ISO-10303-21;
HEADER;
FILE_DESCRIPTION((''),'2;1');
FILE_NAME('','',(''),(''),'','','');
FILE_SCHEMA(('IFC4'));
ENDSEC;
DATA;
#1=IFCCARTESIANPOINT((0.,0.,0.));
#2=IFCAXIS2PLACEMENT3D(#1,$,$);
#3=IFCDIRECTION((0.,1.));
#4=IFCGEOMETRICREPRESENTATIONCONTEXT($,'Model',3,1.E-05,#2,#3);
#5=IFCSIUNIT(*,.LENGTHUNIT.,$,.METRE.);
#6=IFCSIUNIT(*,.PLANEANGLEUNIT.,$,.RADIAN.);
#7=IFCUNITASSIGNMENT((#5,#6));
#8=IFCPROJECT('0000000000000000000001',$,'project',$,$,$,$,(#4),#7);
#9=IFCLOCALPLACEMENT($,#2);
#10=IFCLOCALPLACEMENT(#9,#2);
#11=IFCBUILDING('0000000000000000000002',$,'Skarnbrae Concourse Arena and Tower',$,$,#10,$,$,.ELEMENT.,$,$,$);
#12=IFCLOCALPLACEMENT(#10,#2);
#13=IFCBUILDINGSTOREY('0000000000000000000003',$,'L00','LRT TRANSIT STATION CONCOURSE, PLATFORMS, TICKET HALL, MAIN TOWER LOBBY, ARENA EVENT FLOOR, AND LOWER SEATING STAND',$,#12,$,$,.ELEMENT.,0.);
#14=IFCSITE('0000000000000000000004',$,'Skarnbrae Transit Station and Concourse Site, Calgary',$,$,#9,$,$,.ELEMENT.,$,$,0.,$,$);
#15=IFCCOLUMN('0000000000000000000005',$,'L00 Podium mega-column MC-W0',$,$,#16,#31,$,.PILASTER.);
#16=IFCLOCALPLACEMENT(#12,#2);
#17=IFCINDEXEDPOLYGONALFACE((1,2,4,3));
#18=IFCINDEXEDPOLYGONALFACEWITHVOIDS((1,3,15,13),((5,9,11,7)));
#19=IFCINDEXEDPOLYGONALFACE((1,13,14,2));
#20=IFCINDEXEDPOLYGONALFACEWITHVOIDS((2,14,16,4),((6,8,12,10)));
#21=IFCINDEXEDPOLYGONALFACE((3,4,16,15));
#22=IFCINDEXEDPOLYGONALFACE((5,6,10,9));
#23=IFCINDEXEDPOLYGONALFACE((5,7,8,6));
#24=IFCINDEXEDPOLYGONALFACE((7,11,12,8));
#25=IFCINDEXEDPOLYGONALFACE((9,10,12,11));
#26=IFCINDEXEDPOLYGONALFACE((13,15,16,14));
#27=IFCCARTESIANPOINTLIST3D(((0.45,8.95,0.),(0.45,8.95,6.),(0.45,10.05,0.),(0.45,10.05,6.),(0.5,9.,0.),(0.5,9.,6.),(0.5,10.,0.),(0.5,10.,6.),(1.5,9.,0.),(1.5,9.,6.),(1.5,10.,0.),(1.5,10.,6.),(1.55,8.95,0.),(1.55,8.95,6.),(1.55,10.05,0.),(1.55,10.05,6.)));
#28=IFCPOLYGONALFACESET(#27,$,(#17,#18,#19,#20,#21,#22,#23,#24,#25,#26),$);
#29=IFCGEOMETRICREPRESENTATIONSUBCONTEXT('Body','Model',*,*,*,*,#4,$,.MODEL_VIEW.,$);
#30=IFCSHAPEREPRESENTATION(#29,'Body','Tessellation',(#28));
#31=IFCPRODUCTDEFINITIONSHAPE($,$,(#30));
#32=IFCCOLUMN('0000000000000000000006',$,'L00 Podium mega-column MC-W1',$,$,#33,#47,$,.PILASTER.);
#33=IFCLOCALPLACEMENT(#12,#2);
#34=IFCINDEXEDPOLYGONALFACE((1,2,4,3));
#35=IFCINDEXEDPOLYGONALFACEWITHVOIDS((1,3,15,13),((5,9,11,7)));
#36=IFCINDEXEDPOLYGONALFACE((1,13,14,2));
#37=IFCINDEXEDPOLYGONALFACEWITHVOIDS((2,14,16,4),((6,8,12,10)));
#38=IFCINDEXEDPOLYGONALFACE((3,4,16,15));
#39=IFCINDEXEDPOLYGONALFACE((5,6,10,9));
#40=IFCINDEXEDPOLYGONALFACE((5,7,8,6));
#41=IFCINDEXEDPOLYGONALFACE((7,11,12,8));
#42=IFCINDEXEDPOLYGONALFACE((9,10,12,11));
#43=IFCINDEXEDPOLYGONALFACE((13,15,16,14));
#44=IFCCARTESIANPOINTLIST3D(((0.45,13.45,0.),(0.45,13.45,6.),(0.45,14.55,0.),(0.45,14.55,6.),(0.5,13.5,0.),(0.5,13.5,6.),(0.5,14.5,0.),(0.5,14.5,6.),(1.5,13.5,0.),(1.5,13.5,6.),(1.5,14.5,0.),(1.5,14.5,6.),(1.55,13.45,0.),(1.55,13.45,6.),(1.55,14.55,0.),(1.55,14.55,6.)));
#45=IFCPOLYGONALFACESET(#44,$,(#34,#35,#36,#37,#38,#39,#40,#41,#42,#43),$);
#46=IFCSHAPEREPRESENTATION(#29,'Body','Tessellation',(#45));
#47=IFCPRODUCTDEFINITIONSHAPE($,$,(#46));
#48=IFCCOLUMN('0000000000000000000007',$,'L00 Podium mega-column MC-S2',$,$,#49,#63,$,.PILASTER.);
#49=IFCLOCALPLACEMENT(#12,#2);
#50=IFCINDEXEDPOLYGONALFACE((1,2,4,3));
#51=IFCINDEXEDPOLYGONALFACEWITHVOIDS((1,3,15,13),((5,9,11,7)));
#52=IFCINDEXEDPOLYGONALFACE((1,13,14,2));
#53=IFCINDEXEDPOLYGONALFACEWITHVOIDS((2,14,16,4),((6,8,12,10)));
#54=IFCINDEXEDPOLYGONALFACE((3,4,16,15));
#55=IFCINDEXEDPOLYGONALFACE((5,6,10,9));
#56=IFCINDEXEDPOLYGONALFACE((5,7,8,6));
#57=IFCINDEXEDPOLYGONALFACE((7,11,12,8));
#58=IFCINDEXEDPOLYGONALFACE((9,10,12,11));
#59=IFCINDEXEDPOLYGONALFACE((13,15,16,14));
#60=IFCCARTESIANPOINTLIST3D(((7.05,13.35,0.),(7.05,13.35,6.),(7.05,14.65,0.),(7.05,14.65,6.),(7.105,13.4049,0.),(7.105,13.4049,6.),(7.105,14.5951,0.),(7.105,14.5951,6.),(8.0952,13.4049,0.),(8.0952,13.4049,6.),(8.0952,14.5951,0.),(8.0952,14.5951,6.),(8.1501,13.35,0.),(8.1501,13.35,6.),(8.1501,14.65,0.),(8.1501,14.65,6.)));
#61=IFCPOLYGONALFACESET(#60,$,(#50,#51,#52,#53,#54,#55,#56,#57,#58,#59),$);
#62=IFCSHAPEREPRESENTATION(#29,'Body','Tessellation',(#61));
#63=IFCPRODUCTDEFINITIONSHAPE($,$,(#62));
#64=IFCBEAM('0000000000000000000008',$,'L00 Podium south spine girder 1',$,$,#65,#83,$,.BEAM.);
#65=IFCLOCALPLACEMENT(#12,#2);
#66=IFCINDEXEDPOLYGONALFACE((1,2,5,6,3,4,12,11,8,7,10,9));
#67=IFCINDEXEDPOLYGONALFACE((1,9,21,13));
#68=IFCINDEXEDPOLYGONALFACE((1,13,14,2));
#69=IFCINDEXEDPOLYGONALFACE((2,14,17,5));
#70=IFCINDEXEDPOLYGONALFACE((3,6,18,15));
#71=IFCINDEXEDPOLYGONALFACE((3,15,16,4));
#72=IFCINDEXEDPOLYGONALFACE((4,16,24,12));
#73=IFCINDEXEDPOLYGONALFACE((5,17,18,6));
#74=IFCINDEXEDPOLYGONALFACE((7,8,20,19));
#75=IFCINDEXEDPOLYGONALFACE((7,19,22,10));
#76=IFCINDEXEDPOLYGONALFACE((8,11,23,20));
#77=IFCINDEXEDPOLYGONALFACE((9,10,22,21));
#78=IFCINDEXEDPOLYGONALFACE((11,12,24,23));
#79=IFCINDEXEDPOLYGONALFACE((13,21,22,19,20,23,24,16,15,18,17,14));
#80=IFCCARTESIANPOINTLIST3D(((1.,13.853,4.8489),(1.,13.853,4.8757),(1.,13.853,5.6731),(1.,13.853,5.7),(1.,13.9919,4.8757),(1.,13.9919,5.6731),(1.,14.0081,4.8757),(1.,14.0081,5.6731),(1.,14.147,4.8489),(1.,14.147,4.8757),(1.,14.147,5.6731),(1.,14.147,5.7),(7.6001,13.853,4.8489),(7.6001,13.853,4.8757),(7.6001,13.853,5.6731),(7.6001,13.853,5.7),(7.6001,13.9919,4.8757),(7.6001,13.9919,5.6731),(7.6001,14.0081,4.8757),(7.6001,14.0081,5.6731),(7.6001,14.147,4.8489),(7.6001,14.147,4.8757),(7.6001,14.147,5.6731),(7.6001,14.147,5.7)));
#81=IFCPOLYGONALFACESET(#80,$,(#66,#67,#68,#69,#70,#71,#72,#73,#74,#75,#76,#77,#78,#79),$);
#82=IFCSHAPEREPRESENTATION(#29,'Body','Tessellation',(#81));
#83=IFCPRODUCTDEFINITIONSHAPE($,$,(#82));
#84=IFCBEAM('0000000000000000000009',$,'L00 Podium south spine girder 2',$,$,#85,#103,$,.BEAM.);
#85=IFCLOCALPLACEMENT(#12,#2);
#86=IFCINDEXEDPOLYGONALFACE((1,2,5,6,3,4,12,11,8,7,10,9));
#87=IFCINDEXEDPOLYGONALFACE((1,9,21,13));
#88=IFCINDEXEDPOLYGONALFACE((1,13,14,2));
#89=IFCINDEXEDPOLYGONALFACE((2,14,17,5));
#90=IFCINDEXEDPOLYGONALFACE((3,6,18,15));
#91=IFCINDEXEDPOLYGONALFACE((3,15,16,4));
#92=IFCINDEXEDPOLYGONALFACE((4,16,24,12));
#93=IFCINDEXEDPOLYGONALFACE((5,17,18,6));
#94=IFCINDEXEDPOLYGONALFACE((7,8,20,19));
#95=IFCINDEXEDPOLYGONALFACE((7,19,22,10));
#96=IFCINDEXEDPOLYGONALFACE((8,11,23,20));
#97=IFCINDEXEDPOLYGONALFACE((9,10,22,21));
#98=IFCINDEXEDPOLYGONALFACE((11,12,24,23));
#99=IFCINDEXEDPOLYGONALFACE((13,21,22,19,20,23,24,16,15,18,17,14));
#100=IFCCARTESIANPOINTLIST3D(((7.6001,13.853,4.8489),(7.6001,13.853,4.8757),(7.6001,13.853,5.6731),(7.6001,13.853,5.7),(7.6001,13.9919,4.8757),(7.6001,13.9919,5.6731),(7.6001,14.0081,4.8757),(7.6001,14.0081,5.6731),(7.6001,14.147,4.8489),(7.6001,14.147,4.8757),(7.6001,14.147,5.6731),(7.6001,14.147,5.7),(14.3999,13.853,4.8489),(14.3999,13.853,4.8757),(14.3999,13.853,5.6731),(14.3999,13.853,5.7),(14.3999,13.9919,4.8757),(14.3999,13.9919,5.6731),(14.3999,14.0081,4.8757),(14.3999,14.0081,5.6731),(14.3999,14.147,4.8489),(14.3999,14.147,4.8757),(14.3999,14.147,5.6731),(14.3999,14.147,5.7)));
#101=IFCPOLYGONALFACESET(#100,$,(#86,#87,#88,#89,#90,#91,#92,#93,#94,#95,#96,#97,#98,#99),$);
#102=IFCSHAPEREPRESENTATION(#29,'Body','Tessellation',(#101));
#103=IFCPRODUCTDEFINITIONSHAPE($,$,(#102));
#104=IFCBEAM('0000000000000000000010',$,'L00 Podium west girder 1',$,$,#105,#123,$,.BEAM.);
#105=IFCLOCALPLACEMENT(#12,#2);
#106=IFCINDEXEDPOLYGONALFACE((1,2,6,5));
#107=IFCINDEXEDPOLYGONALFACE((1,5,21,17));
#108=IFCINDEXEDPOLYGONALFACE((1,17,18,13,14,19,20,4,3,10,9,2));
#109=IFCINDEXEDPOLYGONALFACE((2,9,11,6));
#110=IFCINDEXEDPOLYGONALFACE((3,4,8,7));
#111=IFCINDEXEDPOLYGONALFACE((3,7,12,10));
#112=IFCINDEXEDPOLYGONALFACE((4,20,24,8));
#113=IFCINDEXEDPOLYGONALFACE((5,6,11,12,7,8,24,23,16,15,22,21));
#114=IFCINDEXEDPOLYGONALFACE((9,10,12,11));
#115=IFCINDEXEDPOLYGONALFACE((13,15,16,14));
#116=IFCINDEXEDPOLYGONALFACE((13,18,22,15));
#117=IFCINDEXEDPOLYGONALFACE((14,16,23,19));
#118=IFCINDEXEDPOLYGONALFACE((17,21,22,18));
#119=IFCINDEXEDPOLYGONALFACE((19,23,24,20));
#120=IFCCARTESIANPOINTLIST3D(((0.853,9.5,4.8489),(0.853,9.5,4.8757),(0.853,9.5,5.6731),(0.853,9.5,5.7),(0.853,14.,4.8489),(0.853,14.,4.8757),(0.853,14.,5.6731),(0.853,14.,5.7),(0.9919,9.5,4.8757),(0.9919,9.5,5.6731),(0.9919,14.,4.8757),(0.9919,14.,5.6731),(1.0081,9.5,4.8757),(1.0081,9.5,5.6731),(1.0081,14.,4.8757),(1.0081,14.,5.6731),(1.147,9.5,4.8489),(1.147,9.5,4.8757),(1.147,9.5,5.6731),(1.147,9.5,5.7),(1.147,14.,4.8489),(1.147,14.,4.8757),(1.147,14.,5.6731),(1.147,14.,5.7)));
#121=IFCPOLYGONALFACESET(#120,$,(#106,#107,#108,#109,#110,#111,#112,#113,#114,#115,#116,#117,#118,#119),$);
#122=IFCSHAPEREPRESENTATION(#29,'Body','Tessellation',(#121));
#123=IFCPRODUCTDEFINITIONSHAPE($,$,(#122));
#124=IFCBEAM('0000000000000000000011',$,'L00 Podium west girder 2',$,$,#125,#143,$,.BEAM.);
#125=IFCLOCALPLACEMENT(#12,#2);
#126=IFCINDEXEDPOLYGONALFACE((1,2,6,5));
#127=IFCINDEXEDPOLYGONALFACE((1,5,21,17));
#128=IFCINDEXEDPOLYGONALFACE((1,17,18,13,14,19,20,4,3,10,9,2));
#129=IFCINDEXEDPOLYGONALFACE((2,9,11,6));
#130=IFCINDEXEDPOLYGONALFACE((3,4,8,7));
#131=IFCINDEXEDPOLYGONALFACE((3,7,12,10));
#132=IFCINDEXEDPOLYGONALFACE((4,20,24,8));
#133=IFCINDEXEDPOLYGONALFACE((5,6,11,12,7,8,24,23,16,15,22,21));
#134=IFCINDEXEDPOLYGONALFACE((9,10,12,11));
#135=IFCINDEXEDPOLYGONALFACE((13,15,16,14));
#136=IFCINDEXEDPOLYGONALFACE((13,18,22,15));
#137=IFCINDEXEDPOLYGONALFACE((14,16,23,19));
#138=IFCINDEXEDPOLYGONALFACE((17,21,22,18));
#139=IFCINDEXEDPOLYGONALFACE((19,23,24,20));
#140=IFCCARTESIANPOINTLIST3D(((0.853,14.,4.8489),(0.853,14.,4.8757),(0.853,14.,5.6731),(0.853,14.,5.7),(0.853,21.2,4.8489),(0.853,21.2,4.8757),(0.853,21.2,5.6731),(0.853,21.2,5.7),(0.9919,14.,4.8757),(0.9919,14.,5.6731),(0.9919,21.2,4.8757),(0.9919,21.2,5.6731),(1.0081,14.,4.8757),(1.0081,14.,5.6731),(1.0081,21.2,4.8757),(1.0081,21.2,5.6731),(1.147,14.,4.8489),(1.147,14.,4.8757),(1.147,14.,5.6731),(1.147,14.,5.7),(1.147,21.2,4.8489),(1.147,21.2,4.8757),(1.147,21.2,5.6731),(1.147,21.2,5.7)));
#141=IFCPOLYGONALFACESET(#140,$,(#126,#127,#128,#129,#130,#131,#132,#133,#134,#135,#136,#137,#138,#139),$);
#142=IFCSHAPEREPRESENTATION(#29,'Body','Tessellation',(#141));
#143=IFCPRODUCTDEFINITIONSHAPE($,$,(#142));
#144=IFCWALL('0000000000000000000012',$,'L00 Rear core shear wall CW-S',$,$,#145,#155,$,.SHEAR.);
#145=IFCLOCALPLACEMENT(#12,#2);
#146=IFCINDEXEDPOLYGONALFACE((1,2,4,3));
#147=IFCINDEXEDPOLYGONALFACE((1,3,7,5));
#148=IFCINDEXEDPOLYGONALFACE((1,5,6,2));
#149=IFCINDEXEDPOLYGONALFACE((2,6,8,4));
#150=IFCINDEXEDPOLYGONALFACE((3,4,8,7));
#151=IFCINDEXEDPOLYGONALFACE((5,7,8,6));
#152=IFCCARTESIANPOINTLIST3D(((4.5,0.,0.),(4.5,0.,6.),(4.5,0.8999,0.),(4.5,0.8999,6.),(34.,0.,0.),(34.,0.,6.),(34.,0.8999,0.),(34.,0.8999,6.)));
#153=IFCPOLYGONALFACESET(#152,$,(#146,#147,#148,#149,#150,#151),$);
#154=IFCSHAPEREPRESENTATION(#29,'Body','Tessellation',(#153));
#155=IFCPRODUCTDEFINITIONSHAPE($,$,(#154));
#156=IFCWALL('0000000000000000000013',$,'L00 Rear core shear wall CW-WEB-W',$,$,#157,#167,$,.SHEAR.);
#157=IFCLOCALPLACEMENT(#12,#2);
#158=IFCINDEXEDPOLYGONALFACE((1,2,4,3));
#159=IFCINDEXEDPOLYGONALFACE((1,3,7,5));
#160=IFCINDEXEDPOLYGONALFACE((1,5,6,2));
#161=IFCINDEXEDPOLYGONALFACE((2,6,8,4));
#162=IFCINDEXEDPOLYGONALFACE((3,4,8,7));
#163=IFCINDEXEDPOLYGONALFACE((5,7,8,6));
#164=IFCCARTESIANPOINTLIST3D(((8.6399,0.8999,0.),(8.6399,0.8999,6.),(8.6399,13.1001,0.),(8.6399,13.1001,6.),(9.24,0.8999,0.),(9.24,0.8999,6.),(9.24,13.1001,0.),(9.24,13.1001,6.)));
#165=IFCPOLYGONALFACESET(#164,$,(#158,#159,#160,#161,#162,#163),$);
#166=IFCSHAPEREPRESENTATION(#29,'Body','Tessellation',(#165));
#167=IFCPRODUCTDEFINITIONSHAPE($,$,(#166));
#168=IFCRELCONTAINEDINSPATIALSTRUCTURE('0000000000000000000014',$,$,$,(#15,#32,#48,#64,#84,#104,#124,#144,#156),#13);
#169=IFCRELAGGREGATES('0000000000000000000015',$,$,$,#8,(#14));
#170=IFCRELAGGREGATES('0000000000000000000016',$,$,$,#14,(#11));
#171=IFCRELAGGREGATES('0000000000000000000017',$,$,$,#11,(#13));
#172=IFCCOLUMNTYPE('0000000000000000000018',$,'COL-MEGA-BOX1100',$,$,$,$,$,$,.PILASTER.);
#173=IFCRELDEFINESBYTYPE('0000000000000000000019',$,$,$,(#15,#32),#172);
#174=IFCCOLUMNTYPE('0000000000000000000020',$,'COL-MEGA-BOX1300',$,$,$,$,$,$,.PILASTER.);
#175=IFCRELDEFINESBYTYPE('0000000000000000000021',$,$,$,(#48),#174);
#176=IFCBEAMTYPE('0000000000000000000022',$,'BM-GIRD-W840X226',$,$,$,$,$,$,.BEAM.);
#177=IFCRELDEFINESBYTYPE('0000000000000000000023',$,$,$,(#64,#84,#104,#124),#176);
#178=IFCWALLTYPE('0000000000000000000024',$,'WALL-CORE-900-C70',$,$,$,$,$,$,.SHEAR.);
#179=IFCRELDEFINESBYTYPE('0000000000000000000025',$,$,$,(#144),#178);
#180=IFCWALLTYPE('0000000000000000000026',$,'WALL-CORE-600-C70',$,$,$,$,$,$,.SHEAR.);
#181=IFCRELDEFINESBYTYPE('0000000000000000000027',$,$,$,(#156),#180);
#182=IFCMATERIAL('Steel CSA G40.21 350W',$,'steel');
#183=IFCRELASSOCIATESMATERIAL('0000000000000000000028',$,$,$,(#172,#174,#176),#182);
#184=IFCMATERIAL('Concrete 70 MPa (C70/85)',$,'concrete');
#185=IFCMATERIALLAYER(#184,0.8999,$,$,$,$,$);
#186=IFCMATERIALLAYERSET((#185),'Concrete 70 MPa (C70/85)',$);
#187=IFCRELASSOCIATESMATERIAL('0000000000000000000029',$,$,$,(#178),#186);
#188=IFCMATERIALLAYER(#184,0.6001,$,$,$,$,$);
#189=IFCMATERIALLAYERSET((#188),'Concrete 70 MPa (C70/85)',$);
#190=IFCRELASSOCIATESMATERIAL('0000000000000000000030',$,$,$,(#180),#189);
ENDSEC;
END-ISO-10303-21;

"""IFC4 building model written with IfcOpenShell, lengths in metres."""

from ifc_helpers import new_model, si_unit, direction, frame, frame_2d, origin, origin_2d, place, context, subcontext, project, spatial, rectangle, hollow_rectangle, i_section, extrude, source, transform, mapped, material, layer, layer_set, material_profile, profile_set, type_object, element, save


model = new_model("IFC4")

# Units and contexts
model_context = context("Model", 3, precision=1e-05, world=origin(), true_north=direction((0.0, 1.0)))
body_context = subcontext(model_context, "Body", "Model", "MODEL_VIEW")
ifc_project = project(units=[si_unit("LENGTHUNIT", "METRE"), si_unit("PLANEANGLEUNIT", "RADIAN")], contexts=[model_context])

# Site, building, storey
site_placement = place(None, origin())
site = spatial("IfcSite", under=ifc_project, at=site_placement, Name="Skarnbrae Transit Station and Concourse Site, Calgary", CompositionType="ELEMENT", RefElevation=0.0)
building_placement = place(site_placement, origin())
building = spatial("IfcBuilding", under=site, at=building_placement, Name="Skarnbrae Concourse Arena and Tower", CompositionType="ELEMENT")
storey_placement = place(building_placement, origin())
storey = spatial("IfcBuildingStorey", under=building, at=storey_placement, Name="L00", Description="LRT TRANSIT STATION CONCOURSE, PLATFORMS, TICKET HALL, MAIN TOWER LOBBY, ARENA EVENT FLOOR, AND LOWER SEATING STAND", CompositionType="ELEMENT", Elevation=0.0)

# Columns
ifc_material_1 = material(Name="Steel CSA G40.21 350W", Category="steel")
ifc_material_profile_1 = material_profile(ifc_material_1, hollow_rectangle(XDim=1.1001, YDim=1.1001, WallThickness=0.05, at=origin_2d()), Name="BOX1100X1100X50")
ifc_profile_set_1 = profile_set([ifc_material_profile_1], Name="Steel CSA G40.21 350W")
column_type_1 = type_object("IfcColumnType", Name="COL-MEGA-BOX1100", PredefinedType="PILASTER", material=ifc_profile_set_1)
shared_shape_1 = source(origin(), body_context, "Body", "SweptSolid", [
    extrude(hollow_rectangle(XDim=1.1001, YDim=1.1001, WallThickness=0.05, at=origin_2d()), origin(), (0.0, 0.0, 1.0), 6.0),
])
for number, where, z_axis, x_axis, name in (
    (1, (1.0, 9.5, 0.0), (0.0, 0.0, 1.0), (1.0, 0.0, 0.0), "L00 Podium mega-column MC-W0"),
    (2, (1.0, 14.0, 0.0), (0.0, 0.0, 1.0), (1.0, 0.0, 0.0), "L00 Podium mega-column MC-W1"),
):
    element("IfcColumn", number, at=place(storey_placement, frame(where, z_axis=z_axis, x_axis=x_axis)), inside=storey, type_object=column_type_1, Name=name, PredefinedType="PILASTER", context=body_context, shape_type="MappedRepresentation", body=[
        mapped(shared_shape_1, transform((0.0, 0.0, 0.0))),
    ])
ifc_material_profile_2 = material_profile(ifc_material_1, hollow_rectangle(XDim=1.1001, YDim=1.3, WallThickness=0.0549, at=origin_2d()), Name="BOX1300X1100X55")
ifc_profile_set_2 = profile_set([ifc_material_profile_2], Name="Steel CSA G40.21 350W")
column_type_2 = type_object("IfcColumnType", Name="COL-MEGA-BOX1300", PredefinedType="PILASTER", material=ifc_profile_set_2)
shared_shape_2 = source(origin(), body_context, "Body", "SweptSolid", [
    extrude(hollow_rectangle(XDim=1.1001, YDim=1.3, WallThickness=0.0549, at=origin_2d()), origin(), (0.0, 0.0, 1.0), 6.0),
])
column_placement = place(storey_placement, frame((7.6001, 14.0, 0.0), z_axis=(0.0, 0.0, 1.0), x_axis=(1.0, 0.0, 0.0)))
element("IfcColumn", 3, at=column_placement, inside=storey, type_object=column_type_2, Name="L00 Podium mega-column MC-S2", PredefinedType="PILASTER", context=body_context, shape_type="MappedRepresentation", body=[
    mapped(shared_shape_2, transform((0.0, 0.0, 0.0))),
])

# Beams
ifc_material_profile_3 = material_profile(ifc_material_1, i_section(OverallWidth=0.2939, OverallDepth=0.8511, WebThickness=0.0161, FlangeThickness=0.0269, at=origin_2d()), Name="W840X226")
ifc_profile_set_3 = profile_set([ifc_material_profile_3], Name="Steel CSA G40.21 350W")
beam_type = type_object("IfcBeamType", Name="BM-GIRD-W840X226", PredefinedType="BEAM", material=ifc_profile_set_3)
shared_shape_3 = source(origin(), body_context, "Body", "SweptSolid", [
    extrude(i_section(OverallWidth=0.2939, OverallDepth=0.8511, WebThickness=0.0161, FlangeThickness=0.0269, at=origin_2d()), origin(), (0.0, 0.0, 1.0), 6.6001),
])
beam_1_placement = place(storey_placement, frame((1.0, 14.0, 5.2744), z_axis=(1.0, 0.0, 0.0), x_axis=(0.0, 1.0, 0.0)))
element("IfcBeam", 4, at=beam_1_placement, inside=storey, type_object=beam_type, Name="L00 Podium south spine girder 1", PredefinedType="BEAM", context=body_context, shape_type="MappedRepresentation", body=[
    mapped(shared_shape_3, transform((0.0, 0.0, 0.0))),
])
shared_shape_4 = source(origin(), body_context, "Body", "SweptSolid", [
    extrude(i_section(OverallWidth=0.2939, OverallDepth=0.8511, WebThickness=0.0161, FlangeThickness=0.0269, at=origin_2d()), origin(), (0.0, 0.0, 1.0), 6.7998),
])
beam_2_placement = place(storey_placement, frame((7.6001, 14.0, 5.2744), z_axis=(1.0, 0.0, 0.0), x_axis=(0.0, 1.0, 0.0)))
element("IfcBeam", 5, at=beam_2_placement, inside=storey, type_object=beam_type, Name="L00 Podium south spine girder 2", PredefinedType="BEAM", context=body_context, shape_type="MappedRepresentation", body=[
    mapped(shared_shape_4, transform((0.0, 0.0, 0.0))),
])
shared_shape_5 = source(origin(), body_context, "Body", "SweptSolid", [
    extrude(i_section(OverallWidth=0.2939, OverallDepth=0.8511, WebThickness=0.0161, FlangeThickness=0.0269, at=origin_2d()), origin(), (0.0, 0.0, 1.0), 4.5),
])
beam_3_placement = place(storey_placement, frame((1.0, 9.5, 5.2744), z_axis=(0.0, 1.0, 0.0), x_axis=(-1.0, 0.0, 0.0)))
element("IfcBeam", 6, at=beam_3_placement, inside=storey, type_object=beam_type, Name="L00 Podium west girder 1", PredefinedType="BEAM", context=body_context, shape_type="MappedRepresentation", body=[
    mapped(shared_shape_5, transform((0.0, 0.0, 0.0))),
])
shared_shape_6 = source(origin(), body_context, "Body", "SweptSolid", [
    extrude(i_section(OverallWidth=0.2939, OverallDepth=0.8511, WebThickness=0.0161, FlangeThickness=0.0269, at=origin_2d()), origin(), (0.0, 0.0, 1.0), 7.2),
])
beam_4_placement = place(storey_placement, frame((1.0, 14.0, 5.2744), z_axis=(0.0, 1.0, 0.0), x_axis=(-1.0, 0.0, 0.0)))
element("IfcBeam", 7, at=beam_4_placement, inside=storey, type_object=beam_type, Name="L00 Podium west girder 2", PredefinedType="BEAM", context=body_context, shape_type="MappedRepresentation", body=[
    mapped(shared_shape_6, transform((0.0, 0.0, 0.0))),
])

# Wall
ifc_material_2 = material(Name="Concrete 70 MPa (C70/85)", Category="concrete")
ifc_layer_1 = layer(ifc_material_2, 0.8999)
ifc_layer_set_1 = layer_set([ifc_layer_1], Name="Concrete 70 MPa (C70/85)")
wall_type_1 = type_object("IfcWallType", Name="WALL-CORE-900-C70", PredefinedType="SHEAR", material=ifc_layer_set_1)
shared_shape_7 = source(origin(), body_context, "Body", "SweptSolid", [
    extrude(rectangle(XDim=29.5, YDim=0.8999, at=frame_2d((14.75, 0.0))), origin(), (0.0, 0.0, 1.0), 6.0),
])
wall_1_placement = place(storey_placement, frame((4.5, 0.45, 0.0), z_axis=(0.0, 0.0, 1.0), x_axis=(1.0, 0.0, 0.0)))
element("IfcWall", 8, at=wall_1_placement, inside=storey, type_object=wall_type_1, Name="L00 Rear core shear wall CW-S", PredefinedType="SHEAR", context=body_context, shape_type="MappedRepresentation", body=[
    mapped(shared_shape_7, transform((0.0, 0.0, 0.0))),
])

# Wall
ifc_layer_2 = layer(ifc_material_2, 0.6001)
ifc_layer_set_2 = layer_set([ifc_layer_2], Name="Concrete 70 MPa (C70/85)")
wall_type_2 = type_object("IfcWallType", Name="WALL-CORE-600-C70", PredefinedType="SHEAR", material=ifc_layer_set_2)
shared_shape_8 = source(origin(), body_context, "Body", "SweptSolid", [
    extrude(rectangle(XDim=12.2002, YDim=0.6001, at=frame_2d((6.1001, 0.0))), origin(), (0.0, 0.0, 1.0), 6.0),
])
wall_2_placement = place(storey_placement, frame((8.9399, 0.8999, 0.0), z_axis=(0.0, 0.0, 1.0), x_axis=(0.0, 1.0, 0.0)))
element("IfcWall", 9, at=wall_2_placement, inside=storey, type_object=wall_type_2, Name="L00 Rear core shear wall CW-WEB-W", PredefinedType="SHEAR", context=body_context, shape_type="MappedRepresentation", body=[
    mapped(shared_shape_8, transform((0.0, 0.0, 0.0))),
])

save(model, "model.ifc")
